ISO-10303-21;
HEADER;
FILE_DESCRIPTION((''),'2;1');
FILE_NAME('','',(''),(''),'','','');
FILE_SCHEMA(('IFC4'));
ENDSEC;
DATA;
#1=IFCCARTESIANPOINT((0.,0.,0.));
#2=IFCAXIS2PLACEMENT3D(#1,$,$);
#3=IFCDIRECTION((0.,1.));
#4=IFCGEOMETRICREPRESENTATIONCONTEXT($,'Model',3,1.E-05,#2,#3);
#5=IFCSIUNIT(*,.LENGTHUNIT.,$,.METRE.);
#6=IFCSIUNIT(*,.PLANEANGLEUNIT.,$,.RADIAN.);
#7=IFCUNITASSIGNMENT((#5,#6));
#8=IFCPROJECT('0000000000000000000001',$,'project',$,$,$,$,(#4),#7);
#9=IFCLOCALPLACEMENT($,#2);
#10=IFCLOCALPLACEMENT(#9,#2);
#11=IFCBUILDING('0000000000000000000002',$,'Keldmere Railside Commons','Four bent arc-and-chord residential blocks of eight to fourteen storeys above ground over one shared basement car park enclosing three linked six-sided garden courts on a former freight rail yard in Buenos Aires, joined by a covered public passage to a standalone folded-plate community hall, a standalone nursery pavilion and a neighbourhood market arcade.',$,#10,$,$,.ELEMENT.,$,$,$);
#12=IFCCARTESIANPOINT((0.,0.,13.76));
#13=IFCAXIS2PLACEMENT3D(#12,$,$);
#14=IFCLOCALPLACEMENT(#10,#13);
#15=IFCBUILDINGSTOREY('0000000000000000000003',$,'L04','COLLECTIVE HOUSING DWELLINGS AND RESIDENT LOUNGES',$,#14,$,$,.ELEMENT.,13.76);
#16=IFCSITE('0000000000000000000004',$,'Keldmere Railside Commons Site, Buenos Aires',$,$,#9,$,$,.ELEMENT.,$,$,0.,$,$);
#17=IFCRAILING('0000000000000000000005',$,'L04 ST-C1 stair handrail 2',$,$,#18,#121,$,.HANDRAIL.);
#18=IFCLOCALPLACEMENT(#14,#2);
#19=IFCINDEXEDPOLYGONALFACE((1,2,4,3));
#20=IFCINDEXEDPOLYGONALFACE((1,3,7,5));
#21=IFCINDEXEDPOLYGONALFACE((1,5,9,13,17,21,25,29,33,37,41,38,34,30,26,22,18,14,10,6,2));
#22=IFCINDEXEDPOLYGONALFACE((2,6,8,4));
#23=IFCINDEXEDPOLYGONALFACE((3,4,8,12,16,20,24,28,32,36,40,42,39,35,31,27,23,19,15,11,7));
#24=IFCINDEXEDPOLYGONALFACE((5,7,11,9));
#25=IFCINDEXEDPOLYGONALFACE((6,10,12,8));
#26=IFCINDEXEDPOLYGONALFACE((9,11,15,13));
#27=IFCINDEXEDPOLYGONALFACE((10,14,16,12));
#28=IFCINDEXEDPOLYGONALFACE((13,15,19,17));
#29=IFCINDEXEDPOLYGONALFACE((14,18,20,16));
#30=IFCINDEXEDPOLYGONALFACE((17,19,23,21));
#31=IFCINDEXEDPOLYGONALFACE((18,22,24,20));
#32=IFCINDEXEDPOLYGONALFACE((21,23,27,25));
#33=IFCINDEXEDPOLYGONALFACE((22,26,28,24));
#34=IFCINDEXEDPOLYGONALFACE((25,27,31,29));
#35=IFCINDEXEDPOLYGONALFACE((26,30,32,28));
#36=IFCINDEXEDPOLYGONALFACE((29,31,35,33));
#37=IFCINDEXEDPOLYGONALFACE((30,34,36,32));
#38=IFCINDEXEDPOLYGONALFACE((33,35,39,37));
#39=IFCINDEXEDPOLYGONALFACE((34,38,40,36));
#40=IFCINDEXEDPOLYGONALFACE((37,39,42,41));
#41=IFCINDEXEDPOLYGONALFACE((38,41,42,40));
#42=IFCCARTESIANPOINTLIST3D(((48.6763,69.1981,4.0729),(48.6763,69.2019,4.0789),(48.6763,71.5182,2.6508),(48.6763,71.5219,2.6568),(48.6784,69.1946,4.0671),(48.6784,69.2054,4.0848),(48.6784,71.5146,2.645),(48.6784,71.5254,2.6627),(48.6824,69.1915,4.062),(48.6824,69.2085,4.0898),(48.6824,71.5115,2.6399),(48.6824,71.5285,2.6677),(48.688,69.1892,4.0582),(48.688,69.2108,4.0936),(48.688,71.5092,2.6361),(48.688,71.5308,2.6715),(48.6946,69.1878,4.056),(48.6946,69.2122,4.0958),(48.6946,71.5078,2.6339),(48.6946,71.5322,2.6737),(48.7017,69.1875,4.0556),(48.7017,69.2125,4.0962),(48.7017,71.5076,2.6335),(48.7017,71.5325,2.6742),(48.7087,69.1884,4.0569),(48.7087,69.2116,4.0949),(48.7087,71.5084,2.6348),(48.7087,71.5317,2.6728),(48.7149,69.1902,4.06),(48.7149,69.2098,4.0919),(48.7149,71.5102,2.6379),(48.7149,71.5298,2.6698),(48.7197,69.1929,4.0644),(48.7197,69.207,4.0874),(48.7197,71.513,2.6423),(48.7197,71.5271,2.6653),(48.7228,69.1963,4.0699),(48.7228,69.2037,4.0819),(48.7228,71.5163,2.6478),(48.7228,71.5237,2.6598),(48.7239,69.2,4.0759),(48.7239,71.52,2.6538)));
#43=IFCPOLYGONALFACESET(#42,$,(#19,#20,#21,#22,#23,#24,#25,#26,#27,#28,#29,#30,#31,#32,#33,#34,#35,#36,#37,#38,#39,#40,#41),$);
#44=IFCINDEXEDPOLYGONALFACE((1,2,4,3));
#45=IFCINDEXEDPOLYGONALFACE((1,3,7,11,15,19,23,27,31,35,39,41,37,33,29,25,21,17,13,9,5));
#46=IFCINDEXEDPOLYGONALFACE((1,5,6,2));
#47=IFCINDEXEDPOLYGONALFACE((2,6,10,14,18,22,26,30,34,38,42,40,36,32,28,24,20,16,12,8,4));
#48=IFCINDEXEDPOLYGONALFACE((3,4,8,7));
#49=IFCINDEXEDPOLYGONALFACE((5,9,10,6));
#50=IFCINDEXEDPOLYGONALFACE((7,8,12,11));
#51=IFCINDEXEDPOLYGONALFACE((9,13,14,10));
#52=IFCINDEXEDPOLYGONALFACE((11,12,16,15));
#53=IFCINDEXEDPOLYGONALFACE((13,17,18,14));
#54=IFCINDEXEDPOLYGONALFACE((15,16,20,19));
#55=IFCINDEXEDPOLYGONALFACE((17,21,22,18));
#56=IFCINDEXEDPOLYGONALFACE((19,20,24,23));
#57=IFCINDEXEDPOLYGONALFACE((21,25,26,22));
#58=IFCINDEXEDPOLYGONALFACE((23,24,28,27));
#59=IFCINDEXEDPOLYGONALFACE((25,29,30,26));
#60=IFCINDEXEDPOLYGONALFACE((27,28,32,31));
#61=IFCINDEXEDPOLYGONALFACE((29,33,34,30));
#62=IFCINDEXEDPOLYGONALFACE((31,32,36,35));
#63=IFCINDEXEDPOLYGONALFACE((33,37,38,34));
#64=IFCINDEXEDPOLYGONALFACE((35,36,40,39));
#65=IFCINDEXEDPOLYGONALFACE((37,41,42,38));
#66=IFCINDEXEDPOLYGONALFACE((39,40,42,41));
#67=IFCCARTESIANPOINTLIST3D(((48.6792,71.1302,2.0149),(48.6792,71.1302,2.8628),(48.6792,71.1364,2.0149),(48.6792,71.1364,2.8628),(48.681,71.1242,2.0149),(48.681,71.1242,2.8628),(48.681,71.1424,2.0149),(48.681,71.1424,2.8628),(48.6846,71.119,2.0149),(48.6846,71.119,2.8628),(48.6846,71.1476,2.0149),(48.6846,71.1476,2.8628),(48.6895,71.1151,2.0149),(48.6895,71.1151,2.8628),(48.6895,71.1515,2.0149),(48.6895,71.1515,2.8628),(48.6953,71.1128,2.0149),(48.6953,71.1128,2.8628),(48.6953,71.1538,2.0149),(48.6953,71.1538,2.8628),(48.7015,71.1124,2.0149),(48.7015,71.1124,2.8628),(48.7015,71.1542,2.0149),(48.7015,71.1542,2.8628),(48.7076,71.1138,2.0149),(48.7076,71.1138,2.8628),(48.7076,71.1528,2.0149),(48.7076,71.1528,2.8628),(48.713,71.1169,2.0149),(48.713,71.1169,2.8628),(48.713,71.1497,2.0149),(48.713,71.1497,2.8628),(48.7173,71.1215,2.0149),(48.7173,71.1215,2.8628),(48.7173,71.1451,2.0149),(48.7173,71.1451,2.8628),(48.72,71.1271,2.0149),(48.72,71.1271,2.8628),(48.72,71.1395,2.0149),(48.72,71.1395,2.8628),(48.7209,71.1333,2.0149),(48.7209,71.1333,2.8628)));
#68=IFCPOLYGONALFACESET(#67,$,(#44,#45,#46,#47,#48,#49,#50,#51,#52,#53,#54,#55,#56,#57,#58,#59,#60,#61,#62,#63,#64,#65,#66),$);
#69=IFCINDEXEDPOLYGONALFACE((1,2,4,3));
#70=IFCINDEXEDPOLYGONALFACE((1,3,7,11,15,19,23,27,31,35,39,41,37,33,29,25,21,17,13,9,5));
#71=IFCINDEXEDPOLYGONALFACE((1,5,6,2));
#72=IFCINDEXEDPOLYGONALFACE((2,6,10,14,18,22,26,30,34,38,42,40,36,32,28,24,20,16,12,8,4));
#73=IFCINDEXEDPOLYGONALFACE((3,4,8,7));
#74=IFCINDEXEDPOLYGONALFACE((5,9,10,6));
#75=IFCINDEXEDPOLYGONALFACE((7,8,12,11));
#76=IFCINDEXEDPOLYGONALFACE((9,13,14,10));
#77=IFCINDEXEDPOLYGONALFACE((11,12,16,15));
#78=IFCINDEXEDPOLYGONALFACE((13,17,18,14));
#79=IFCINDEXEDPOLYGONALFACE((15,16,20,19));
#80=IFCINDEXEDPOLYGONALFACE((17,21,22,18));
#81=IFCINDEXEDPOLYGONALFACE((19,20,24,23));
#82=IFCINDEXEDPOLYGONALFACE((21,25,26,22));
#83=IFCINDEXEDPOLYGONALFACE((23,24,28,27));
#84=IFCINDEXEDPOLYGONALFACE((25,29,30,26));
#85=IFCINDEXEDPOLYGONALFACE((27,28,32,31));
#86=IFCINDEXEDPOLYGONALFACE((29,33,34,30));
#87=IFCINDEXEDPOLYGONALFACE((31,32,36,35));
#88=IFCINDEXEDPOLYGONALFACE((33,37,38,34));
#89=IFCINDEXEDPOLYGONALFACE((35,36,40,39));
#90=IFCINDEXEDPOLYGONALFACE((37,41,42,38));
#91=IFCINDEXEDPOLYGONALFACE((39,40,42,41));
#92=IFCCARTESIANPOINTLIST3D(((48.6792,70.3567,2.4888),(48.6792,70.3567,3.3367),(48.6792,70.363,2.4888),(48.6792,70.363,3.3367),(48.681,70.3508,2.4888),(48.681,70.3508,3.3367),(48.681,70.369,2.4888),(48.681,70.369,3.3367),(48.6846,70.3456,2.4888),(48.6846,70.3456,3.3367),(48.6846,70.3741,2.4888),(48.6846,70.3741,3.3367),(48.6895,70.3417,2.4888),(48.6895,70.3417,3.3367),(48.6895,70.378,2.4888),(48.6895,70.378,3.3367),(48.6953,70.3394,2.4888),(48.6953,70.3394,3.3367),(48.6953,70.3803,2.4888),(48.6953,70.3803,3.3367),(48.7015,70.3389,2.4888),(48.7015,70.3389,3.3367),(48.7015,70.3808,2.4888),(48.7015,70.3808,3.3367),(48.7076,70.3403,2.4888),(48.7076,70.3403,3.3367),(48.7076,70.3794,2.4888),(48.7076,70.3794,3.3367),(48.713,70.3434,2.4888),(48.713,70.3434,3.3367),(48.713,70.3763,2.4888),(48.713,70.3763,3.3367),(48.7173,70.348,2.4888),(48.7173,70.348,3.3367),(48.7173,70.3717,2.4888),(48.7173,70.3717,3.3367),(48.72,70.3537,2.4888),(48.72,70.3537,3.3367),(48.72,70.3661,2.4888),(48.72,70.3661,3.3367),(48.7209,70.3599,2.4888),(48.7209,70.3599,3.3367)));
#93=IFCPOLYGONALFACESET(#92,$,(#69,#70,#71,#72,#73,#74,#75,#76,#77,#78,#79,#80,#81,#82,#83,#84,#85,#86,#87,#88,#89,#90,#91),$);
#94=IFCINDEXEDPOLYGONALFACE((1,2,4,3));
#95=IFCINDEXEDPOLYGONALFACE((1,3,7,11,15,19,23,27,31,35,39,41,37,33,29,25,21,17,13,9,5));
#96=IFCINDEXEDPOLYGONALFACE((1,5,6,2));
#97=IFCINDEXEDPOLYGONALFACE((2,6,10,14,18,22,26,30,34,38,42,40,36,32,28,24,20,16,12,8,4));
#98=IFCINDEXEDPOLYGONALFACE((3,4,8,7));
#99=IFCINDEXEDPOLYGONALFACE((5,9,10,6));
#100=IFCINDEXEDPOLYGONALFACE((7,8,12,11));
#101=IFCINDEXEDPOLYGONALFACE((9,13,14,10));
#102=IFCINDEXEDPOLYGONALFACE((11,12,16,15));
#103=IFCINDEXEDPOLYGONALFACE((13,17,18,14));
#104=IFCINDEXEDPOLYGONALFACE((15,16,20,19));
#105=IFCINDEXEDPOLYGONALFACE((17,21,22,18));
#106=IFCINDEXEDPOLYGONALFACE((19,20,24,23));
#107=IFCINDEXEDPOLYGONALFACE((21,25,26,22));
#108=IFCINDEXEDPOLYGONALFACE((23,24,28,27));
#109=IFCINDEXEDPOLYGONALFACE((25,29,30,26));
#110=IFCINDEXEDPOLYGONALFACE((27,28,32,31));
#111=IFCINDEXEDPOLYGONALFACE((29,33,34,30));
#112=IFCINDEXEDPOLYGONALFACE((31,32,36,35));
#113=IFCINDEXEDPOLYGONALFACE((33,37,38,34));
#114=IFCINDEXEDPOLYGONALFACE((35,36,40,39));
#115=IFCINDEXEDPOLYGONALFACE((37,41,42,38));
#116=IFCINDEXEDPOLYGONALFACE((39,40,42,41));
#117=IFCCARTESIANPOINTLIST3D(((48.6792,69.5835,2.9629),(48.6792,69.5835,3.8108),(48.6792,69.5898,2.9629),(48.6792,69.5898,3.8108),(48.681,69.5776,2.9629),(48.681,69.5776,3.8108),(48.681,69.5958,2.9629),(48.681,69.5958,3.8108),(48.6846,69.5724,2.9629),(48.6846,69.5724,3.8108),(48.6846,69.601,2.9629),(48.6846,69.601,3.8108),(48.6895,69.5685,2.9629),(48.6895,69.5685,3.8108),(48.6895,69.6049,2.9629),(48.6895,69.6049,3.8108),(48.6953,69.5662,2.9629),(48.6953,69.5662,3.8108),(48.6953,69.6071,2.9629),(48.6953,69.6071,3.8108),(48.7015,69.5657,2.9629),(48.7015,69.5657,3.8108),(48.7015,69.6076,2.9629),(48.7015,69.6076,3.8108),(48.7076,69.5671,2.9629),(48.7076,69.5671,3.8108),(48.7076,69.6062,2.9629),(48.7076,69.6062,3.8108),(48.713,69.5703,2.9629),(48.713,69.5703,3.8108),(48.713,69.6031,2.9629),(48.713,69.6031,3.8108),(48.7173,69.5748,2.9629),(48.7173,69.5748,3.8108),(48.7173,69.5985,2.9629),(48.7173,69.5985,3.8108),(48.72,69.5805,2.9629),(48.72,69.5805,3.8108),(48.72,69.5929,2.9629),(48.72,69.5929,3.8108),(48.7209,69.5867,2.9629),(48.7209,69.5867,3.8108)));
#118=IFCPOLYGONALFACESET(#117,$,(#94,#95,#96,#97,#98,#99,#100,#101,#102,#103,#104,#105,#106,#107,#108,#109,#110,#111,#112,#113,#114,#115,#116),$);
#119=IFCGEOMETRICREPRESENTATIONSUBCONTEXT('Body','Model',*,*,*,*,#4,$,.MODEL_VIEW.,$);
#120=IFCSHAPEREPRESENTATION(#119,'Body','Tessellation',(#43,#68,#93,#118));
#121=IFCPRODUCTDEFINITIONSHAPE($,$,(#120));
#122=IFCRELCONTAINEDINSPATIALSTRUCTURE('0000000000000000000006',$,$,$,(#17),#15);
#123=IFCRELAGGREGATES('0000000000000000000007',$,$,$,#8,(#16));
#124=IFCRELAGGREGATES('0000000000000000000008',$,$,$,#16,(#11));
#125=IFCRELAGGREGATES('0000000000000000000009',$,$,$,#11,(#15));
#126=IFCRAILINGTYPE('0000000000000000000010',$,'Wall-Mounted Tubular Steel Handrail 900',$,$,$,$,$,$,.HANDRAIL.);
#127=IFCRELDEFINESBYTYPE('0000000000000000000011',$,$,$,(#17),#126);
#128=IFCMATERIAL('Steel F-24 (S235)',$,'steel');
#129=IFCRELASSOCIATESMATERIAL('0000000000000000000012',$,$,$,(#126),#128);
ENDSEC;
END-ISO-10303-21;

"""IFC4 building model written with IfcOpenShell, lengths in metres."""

from ifc_helpers import new_model, si_unit, direction, frame, origin, origin_2d, place, context, subcontext, project, spatial, circle, extrude, material, type_object, element, save


model = new_model("IFC4")

# Units and contexts
model_context = context("Model", 3, precision=1e-05, world=origin(), true_north=direction((0.0, 1.0)))
body_context = subcontext(model_context, "Body", "Model", "MODEL_VIEW")
ifc_project = project(units=[si_unit("LENGTHUNIT", "METRE"), si_unit("PLANEANGLEUNIT", "RADIAN")], contexts=[model_context])

# Site, building, storey
site_placement = place(None, origin())
site = spatial("IfcSite", under=ifc_project, at=site_placement, Name="Keldmere Railside Commons Site, Buenos Aires", CompositionType="ELEMENT", RefElevation=0.0)
building_placement = place(site_placement, origin())
building = spatial("IfcBuilding", under=site, at=building_placement, Name="Keldmere Railside Commons", Description="Four bent arc-and-chord residential blocks of eight to fourteen storeys above ground over one shared basement car park enclosing three linked six-sided garden courts on a former freight rail yard in Buenos Aires, joined by a covered public passage to a standalone folded-plate community hall, a standalone nursery pavilion and a neighbourhood market arcade.", CompositionType="ELEMENT")
storey_placement = place(building_placement, frame((0.0, 0.0, 13.76)))
storey = spatial("IfcBuildingStorey", under=building, at=storey_placement, Name="L04", Description="COLLECTIVE HOUSING DWELLINGS AND RESIDENT LOUNGES", CompositionType="ELEMENT", Elevation=13.76)

# Shared definitions
ifc_material_1 = material(Name="Steel F-24 (S235)", Category="steel")

# Railing
railing_type_1 = type_object("IfcRailingType", Name="Wall-Mounted Tubular Steel Handrail 900", PredefinedType="HANDRAIL", material=ifc_material_1)
railing_1_placement = place(storey_placement, frame((48.7, 71.52, 1.7778)))
element("IfcRailing", 1, at=railing_1_placement, inside=storey, type_object=railing_type_1, Name="L04 ST-C1 stair handrail 2", PredefinedType="HANDRAIL", context=body_context, shape_type="SweptSolid", body=[
    extrude(circle(Radius=0.0239, at=origin_2d()), frame((0.0, 0.0, 0.876), z_axis=(0.0, -0.852578, 0.5226), x_axis=(1.0, 0.0, 0.0)), (0.0, 0.0, 1.0), 2.7212),
    extrude(circle(Radius=0.021, at=origin_2d()), frame((0.0, -0.3867, 0.2371)), (0.0, 0.0, 1.0), 0.8479),
    extrude(circle(Radius=0.021, at=origin_2d()), frame((0.0, -1.1602, 0.7109)), (0.0, 0.0, 1.0), 0.8479),
    extrude(circle(Radius=0.021, at=origin_2d()), frame((0.0, -1.9333, 1.1851)), (0.0, 0.0, 1.0), 0.8479),
])

save(model, "model.ifc")
